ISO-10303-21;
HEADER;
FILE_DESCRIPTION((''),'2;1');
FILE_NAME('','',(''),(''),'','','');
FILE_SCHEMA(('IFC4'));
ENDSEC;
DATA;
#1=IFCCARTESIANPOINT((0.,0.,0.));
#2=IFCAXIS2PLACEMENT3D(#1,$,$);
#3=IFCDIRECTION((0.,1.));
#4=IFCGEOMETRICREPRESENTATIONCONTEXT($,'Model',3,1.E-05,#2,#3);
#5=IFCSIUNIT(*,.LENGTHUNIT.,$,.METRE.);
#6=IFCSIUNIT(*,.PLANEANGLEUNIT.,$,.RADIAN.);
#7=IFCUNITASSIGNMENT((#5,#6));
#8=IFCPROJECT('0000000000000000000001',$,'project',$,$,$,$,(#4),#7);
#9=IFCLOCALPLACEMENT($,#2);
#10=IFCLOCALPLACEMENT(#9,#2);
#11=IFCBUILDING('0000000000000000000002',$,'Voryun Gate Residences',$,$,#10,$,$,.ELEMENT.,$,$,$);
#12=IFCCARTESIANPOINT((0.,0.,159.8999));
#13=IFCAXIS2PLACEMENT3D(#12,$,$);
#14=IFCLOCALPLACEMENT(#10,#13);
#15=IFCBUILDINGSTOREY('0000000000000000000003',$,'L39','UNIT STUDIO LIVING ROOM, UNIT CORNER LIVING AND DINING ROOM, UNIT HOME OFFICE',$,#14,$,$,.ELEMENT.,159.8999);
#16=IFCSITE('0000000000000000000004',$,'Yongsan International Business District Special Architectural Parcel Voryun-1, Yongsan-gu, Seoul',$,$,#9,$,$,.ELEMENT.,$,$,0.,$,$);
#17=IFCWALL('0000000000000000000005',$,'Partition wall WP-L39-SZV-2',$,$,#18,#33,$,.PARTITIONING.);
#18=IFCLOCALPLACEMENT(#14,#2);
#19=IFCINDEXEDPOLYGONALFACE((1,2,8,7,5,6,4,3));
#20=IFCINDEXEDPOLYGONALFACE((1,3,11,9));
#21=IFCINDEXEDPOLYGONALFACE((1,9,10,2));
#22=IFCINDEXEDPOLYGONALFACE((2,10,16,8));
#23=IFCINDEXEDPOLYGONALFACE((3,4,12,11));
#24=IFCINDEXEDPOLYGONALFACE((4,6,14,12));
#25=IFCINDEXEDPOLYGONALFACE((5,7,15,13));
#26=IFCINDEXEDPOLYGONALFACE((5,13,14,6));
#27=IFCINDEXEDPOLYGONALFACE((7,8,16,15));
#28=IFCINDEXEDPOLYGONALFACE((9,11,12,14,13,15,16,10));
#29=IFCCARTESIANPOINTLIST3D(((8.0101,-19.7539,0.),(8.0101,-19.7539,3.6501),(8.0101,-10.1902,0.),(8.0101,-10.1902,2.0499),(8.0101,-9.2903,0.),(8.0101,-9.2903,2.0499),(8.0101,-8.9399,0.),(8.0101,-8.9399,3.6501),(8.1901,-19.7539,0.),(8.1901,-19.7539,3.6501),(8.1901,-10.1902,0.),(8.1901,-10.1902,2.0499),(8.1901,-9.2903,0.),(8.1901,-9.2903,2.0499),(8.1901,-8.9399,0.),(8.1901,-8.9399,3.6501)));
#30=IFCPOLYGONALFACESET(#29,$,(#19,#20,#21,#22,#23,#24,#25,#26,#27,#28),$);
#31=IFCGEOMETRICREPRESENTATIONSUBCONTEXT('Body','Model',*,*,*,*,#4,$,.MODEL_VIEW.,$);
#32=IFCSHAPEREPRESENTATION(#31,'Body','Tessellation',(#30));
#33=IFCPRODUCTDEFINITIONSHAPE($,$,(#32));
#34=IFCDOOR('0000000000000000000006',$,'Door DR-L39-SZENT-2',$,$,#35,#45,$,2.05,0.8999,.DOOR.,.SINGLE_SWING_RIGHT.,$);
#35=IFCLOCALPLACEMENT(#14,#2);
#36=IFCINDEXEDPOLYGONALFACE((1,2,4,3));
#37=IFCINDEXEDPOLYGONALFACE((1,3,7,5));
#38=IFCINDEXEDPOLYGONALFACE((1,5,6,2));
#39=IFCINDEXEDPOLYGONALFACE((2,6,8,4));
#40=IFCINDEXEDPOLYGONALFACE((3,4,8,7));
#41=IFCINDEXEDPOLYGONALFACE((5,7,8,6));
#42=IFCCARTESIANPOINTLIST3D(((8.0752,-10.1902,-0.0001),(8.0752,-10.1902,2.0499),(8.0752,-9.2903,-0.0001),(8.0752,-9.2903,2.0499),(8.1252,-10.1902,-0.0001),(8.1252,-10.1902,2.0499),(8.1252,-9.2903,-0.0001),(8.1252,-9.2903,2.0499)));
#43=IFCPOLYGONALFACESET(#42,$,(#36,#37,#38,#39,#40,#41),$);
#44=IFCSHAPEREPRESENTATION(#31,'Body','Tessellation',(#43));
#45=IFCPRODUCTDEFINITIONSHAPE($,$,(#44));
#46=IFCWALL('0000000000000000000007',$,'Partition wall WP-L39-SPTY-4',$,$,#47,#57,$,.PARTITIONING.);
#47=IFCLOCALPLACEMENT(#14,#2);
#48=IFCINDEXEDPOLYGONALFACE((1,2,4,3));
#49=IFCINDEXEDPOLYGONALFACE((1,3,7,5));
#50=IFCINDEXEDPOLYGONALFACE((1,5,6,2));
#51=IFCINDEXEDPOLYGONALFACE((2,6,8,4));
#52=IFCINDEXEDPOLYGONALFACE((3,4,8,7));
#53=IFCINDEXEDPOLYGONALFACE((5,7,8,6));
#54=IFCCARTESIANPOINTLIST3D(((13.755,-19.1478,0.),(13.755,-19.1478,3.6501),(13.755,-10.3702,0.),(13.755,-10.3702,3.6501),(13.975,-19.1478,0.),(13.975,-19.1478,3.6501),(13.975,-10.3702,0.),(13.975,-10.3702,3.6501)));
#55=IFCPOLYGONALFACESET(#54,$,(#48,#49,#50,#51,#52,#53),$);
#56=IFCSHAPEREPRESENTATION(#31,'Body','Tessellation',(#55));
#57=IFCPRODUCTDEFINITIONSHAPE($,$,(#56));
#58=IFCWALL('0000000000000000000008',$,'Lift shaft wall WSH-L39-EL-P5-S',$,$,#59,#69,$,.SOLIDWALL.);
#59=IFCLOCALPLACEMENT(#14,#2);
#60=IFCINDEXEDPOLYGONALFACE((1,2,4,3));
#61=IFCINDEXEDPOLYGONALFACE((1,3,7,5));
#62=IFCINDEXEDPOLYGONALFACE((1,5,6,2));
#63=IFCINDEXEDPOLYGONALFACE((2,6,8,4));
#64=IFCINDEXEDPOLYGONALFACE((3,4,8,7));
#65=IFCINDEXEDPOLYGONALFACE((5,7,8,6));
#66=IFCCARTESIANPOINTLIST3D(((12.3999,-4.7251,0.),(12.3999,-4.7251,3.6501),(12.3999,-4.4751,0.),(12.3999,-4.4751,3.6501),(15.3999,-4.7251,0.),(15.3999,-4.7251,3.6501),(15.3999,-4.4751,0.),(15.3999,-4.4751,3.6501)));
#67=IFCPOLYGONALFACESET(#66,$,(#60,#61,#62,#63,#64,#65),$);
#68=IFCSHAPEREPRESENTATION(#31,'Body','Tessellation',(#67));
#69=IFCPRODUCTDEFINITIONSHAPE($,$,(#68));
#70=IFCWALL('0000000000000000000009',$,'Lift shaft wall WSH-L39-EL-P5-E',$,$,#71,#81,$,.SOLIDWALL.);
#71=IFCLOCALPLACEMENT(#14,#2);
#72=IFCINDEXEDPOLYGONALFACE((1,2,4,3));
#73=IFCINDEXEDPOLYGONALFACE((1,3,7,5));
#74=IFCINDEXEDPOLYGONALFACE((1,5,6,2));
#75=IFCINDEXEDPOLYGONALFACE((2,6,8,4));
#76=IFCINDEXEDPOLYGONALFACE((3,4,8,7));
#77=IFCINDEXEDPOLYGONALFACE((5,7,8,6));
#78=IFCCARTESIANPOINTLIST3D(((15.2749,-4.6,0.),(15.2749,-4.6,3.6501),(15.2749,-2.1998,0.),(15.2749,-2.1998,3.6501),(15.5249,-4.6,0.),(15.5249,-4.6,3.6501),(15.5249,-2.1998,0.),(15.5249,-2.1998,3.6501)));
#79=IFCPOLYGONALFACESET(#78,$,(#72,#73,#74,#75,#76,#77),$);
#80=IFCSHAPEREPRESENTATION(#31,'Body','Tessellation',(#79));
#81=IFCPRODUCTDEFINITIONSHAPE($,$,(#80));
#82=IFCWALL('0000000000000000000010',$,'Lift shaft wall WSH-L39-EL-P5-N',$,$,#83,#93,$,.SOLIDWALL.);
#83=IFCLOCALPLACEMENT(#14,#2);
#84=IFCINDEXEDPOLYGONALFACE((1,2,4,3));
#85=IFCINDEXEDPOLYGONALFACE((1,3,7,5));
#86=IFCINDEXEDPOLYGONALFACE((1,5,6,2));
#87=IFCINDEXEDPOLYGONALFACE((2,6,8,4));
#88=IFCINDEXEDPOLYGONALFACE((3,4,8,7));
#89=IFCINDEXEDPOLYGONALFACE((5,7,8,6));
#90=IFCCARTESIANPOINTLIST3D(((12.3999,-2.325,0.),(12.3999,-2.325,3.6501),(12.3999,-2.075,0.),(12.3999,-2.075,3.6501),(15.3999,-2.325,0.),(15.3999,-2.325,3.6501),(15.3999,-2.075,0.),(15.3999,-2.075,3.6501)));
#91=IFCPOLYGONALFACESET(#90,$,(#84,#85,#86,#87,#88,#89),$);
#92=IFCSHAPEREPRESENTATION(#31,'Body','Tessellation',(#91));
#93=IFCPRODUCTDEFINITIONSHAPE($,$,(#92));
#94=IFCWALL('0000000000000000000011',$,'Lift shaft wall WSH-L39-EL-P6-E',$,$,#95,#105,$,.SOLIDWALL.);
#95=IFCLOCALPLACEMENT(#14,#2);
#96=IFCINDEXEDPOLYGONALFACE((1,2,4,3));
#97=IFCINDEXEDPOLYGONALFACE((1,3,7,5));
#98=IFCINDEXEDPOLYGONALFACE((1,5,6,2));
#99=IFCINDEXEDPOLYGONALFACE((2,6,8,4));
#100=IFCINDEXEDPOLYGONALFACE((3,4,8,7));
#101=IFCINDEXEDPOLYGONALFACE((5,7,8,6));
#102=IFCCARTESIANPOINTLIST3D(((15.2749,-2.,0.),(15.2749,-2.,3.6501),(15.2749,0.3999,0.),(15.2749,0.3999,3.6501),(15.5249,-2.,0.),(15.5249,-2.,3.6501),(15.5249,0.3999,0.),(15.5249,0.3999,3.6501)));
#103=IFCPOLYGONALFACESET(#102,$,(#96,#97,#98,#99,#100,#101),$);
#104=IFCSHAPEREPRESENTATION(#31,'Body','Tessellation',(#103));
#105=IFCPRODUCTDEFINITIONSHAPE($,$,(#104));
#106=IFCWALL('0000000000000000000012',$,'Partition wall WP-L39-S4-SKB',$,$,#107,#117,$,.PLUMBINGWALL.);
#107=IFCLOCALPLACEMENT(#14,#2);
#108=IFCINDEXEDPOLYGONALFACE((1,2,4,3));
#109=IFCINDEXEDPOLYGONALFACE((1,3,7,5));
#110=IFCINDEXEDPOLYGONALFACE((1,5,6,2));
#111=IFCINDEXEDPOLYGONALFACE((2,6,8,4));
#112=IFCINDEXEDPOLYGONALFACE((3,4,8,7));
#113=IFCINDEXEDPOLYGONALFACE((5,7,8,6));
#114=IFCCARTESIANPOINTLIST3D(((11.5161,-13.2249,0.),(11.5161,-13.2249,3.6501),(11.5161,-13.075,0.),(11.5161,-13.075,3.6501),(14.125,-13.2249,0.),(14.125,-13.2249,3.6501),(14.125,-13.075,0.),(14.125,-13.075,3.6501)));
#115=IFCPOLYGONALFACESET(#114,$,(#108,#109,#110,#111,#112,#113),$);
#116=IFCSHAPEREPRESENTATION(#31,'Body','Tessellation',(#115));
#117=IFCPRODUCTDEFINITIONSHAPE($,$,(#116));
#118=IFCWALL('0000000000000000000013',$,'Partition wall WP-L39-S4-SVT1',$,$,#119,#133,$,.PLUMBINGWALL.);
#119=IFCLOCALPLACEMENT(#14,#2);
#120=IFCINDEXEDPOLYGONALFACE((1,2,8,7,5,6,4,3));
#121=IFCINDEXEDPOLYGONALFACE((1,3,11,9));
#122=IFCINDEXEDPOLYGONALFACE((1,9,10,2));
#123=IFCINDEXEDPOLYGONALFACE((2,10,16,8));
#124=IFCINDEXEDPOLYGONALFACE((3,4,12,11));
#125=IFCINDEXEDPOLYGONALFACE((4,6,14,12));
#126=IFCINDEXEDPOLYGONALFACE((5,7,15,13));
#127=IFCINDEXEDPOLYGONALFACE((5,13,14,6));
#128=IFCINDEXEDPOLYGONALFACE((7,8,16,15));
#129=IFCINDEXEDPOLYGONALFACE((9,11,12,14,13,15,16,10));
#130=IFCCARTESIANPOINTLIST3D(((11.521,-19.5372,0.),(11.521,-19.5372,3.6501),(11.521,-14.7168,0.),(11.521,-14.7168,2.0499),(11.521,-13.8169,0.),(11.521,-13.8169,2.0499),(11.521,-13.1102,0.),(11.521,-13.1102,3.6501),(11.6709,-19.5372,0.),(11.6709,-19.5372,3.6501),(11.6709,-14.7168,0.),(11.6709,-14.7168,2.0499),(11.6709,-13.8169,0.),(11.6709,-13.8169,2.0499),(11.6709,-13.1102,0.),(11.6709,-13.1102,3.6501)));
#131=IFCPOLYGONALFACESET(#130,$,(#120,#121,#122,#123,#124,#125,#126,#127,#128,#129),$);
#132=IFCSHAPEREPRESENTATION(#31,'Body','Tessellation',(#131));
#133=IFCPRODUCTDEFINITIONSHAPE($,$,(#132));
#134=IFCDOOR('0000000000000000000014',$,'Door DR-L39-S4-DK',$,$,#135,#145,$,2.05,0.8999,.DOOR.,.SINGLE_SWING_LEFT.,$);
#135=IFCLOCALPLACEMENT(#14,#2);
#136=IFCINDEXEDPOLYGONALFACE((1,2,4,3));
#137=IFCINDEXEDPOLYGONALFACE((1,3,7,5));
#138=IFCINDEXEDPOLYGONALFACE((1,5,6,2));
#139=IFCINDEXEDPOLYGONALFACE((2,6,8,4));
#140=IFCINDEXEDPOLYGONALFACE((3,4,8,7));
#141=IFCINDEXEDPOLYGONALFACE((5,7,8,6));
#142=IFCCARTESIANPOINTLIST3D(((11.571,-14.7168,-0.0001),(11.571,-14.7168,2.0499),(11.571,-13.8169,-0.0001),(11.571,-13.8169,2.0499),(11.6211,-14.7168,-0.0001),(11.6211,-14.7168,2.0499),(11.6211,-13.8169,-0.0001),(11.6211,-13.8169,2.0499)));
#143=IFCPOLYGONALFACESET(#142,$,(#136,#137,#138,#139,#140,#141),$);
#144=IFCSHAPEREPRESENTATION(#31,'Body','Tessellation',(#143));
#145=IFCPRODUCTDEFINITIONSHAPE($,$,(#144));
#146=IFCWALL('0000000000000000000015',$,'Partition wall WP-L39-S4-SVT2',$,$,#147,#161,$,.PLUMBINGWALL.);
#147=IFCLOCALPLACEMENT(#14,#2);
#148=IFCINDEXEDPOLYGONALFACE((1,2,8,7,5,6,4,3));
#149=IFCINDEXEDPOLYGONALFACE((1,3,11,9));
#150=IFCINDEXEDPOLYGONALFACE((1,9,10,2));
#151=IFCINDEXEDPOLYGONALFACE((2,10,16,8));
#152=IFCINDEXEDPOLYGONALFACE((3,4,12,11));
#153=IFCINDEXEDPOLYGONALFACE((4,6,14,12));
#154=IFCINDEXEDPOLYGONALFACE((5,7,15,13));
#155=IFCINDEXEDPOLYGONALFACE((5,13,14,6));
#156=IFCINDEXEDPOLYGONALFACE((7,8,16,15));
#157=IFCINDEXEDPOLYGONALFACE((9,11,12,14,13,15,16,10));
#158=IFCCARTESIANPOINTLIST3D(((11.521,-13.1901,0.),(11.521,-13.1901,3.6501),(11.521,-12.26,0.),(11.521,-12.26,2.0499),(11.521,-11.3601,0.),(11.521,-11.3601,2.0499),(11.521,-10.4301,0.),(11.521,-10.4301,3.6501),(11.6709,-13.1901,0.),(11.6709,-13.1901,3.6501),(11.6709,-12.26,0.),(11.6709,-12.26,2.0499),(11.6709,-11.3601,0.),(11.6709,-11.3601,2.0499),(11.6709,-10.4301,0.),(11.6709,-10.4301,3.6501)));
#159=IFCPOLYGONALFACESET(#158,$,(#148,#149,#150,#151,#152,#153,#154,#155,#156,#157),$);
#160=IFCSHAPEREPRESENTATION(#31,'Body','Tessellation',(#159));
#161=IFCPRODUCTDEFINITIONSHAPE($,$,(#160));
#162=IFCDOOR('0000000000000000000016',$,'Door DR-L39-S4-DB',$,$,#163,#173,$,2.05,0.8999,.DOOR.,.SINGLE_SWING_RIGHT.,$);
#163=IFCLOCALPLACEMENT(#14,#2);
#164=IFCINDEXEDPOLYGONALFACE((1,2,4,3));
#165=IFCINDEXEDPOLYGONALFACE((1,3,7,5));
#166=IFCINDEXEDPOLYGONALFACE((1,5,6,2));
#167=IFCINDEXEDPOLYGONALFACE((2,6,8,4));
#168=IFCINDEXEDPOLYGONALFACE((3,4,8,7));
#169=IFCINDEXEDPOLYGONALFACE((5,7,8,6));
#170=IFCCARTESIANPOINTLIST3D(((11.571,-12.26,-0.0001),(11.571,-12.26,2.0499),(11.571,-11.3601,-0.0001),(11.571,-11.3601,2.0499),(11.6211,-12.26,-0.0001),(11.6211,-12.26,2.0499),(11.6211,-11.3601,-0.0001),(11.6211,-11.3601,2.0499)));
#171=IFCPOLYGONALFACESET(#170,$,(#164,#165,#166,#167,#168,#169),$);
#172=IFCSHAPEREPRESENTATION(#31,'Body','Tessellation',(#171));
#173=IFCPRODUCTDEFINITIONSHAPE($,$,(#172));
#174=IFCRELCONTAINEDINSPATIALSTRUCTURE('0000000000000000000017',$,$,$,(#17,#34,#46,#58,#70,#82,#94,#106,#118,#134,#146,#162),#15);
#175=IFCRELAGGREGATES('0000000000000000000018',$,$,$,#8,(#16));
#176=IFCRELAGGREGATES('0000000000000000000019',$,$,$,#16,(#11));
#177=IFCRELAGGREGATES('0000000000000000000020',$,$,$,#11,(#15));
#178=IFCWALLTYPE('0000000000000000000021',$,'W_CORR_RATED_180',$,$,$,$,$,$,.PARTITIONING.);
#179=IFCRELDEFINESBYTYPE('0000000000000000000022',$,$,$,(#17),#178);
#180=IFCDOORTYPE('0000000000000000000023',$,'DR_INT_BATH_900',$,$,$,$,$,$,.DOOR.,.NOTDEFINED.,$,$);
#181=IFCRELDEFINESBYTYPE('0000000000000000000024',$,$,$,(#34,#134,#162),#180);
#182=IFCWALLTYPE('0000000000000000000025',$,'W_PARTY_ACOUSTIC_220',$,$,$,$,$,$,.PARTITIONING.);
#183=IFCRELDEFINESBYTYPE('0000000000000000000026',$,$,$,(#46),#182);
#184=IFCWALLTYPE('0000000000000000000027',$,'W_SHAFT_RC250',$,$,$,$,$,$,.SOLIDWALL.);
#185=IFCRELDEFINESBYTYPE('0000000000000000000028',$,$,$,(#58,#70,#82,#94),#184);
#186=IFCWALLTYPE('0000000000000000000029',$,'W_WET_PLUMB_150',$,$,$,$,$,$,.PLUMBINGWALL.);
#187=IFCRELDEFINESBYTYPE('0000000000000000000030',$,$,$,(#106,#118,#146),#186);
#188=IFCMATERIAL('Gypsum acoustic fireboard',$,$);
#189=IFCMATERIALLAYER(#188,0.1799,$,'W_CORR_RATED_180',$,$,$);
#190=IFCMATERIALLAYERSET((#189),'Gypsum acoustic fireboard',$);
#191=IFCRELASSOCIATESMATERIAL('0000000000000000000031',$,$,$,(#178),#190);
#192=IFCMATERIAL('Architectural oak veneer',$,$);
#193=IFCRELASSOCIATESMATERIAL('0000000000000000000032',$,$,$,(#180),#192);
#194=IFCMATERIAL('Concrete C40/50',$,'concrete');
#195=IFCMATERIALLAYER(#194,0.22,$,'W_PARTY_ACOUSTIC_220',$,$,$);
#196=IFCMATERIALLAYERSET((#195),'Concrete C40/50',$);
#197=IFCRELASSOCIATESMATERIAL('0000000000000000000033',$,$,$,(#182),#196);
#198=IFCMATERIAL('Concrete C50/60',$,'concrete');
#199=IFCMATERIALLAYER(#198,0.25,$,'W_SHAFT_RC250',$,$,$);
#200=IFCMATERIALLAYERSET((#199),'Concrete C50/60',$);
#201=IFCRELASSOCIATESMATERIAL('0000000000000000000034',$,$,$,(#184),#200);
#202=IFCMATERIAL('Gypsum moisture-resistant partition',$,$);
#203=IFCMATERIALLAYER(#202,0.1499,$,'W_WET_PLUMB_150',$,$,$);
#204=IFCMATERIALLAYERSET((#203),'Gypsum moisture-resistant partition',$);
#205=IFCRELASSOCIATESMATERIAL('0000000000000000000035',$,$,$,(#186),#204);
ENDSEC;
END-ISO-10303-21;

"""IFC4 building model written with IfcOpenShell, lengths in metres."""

from ifc_helpers import new_model, si_unit, direction, frame, frame_2d, origin, place, context, subcontext, project, spatial, rectangle, extrude, material, layer, layer_set, type_object, element, fill, save


model = new_model("IFC4")

# Units and contexts
model_context = context("Model", 3, precision=1e-05, world=origin(), true_north=direction((0.0, 1.0)))
body_context = subcontext(model_context, "Body", "Model", "MODEL_VIEW")
ifc_project = project(units=[si_unit("LENGTHUNIT", "METRE"), si_unit("PLANEANGLEUNIT", "RADIAN")], contexts=[model_context])

# Site, building, storey
site_placement = place(None, origin())
site = spatial("IfcSite", under=ifc_project, at=site_placement, Name="Yongsan International Business District Special Architectural Parcel Voryun-1, Yongsan-gu, Seoul", CompositionType="ELEMENT", RefElevation=0.0)
building_placement = place(site_placement, origin())
building = spatial("IfcBuilding", under=site, at=building_placement, Name="Voryun Gate Residences", CompositionType="ELEMENT")
storey_placement = place(building_placement, frame((0.0, 0.0, 159.8999)))
storey = spatial("IfcBuildingStorey", under=building, at=storey_placement, Name="L39", Description="UNIT STUDIO LIVING ROOM, UNIT CORNER LIVING AND DINING ROOM, UNIT HOME OFFICE", CompositionType="ELEMENT", Elevation=159.8999)

# Shared definitions
ifc_material_1 = material(Name="Gypsum acoustic fireboard")
ifc_layer_1 = layer(ifc_material_1, 0.1799, Name="W_CORR_RATED_180")
ifc_layer_set_1 = layer_set([ifc_layer_1], Name="Gypsum acoustic fireboard")
wall_type_1 = type_object("IfcWallType", Name="W_CORR_RATED_180", PredefinedType="PARTITIONING", material=ifc_layer_set_1)

# Wall, opening, door
wall_1_placement = place(storey_placement, frame((8.1001, -19.7539, 0.0), z_axis=(0.0, 0.0, 1.0), x_axis=(0.0, 1.0, 0.0)))
wall_1 = element("IfcWall", 1, at=wall_1_placement, inside=storey, type_object=wall_type_1, Name="Partition wall WP-L39-SZV-2", PredefinedType="PARTITIONING", context=body_context, shape_type="SweptSolid", body=[
    extrude(rectangle(XDim=10.814, YDim=0.1799, at=frame_2d((5.407, 0.0))), origin(), (0.0, 0.0, 1.0), 3.6501),
])
opening_1_placement = place(wall_1_placement, frame((9.5637, 0.0, 0.0)))
opening_1 = element("IfcOpeningElement", 2, at=opening_1_placement, cuts=wall_1, PredefinedType="OPENING", context=body_context, shape_type="SweptSolid", body=[
    extrude(rectangle(XDim=0.8999, YDim=2.05, at=frame_2d((0.45, 1.0249))), frame((0.0, 0.0999, 0.0), z_axis=(0.0, -1.0, 0.0), x_axis=(1.0, 0.0, 0.0)), (0.0, 0.0, 1.0), 0.2),
])
ifc_material_2 = material(Name="Architectural oak veneer")
door_type_1 = type_object("IfcDoorType", Name="DR_INT_BATH_900", OperationType="NOTDEFINED", PredefinedType="DOOR", material=ifc_material_2)
door_1_placement = place(opening_1_placement, origin())
door_1 = element("IfcDoor", 3, at=door_1_placement, inside=storey, type_object=door_type_1, Name="Door DR-L39-SZENT-2", OperationType="SINGLE_SWING_RIGHT", OverallHeight=2.05, OverallWidth=0.8999, PredefinedType="DOOR", context=body_context, shape_type="SweptSolid", body=[
    extrude(rectangle(XDim=0.8999, YDim=2.05, at=frame_2d((0.45, 1.0249))), frame((0.0, 0.0249, 0.0), z_axis=(0.0, -1.0, 0.0), x_axis=(1.0, 0.0, 0.0)), (0.0, 0.0, 1.0), 0.05),
])
fill(opening_1, door_1)

# Walls
ifc_material_3 = material(Name="Concrete C40/50", Category="concrete")
ifc_layer_2 = layer(ifc_material_3, 0.22, Name="W_PARTY_ACOUSTIC_220")
ifc_layer_set_2 = layer_set([ifc_layer_2], Name="Concrete C40/50")
wall_type_2 = type_object("IfcWallType", Name="W_PARTY_ACOUSTIC_220", PredefinedType="PARTITIONING", material=ifc_layer_set_2)
wall_2_placement = place(storey_placement, frame((13.865, -19.1477, 0.0), z_axis=(0.0, 0.0, 1.0), x_axis=(0.0, 1.0, 0.0)))
element("IfcWall", 4, at=wall_2_placement, inside=storey, type_object=wall_type_2, Name="Partition wall WP-L39-SPTY-4", PredefinedType="PARTITIONING", context=body_context, shape_type="SweptSolid", body=[
    extrude(rectangle(XDim=8.7776, YDim=0.22, at=frame_2d((4.3887, 0.0))), origin(), (0.0, 0.0, 1.0), 3.6501),
])
ifc_material_4 = material(Name="Concrete C50/60", Category="concrete")
ifc_layer_3 = layer(ifc_material_4, 0.25, Name="W_SHAFT_RC250")
ifc_layer_set_3 = layer_set([ifc_layer_3], Name="Concrete C50/60")
wall_type_3 = type_object("IfcWallType", Name="W_SHAFT_RC250", PredefinedType="SOLIDWALL", material=ifc_layer_set_3)
wall_3_placement = place(storey_placement, frame((12.3999, -4.6001, 0.0), z_axis=(0.0, 0.0, 1.0), x_axis=(1.0, 0.0, 0.0)))
element("IfcWall", 5, at=wall_3_placement, inside=storey, type_object=wall_type_3, Name="Lift shaft wall WSH-L39-EL-P5-S", PredefinedType="SOLIDWALL", context=body_context, shape_type="SweptSolid", body=[
    extrude(rectangle(XDim=3.0, YDim=0.25, at=frame_2d((1.5, 0.0))), origin(), (0.0, 0.0, 1.0), 3.6501),
])
wall_4_placement = place(storey_placement, frame((15.3999, -4.6001, 0.0), z_axis=(0.0, 0.0, 1.0), x_axis=(0.0, 1.0, 0.0)))
element("IfcWall", 6, at=wall_4_placement, inside=storey, type_object=wall_type_3, Name="Lift shaft wall WSH-L39-EL-P5-E", PredefinedType="SOLIDWALL", context=body_context, shape_type="SweptSolid", body=[
    extrude(rectangle(XDim=2.4001, YDim=0.25, at=frame_2d((1.2002, 0.0))), origin(), (0.0, 0.0, 1.0), 3.6501),
])
wall_5_placement = place(storey_placement, frame((15.3999, -2.2, 0.0), z_axis=(0.0, 0.0, 1.0), x_axis=(-1.0, 0.0, 0.0)))
element("IfcWall", 7, at=wall_5_placement, inside=storey, type_object=wall_type_3, Name="Lift shaft wall WSH-L39-EL-P5-N", PredefinedType="SOLIDWALL", context=body_context, shape_type="SweptSolid", body=[
    extrude(rectangle(XDim=3.0, YDim=0.25, at=frame_2d((1.5, 0.0))), origin(), (0.0, 0.0, 1.0), 3.6501),
])
wall_6_placement = place(storey_placement, frame((15.3999, -2.0, 0.0), z_axis=(0.0, 0.0, 1.0), x_axis=(0.0, 1.0, 0.0)))
element("IfcWall", 8, at=wall_6_placement, inside=storey, type_object=wall_type_3, Name="Lift shaft wall WSH-L39-EL-P6-E", PredefinedType="SOLIDWALL", context=body_context, shape_type="SweptSolid", body=[
    extrude(rectangle(XDim=2.3999, YDim=0.25, at=frame_2d((1.2, 0.0))), origin(), (0.0, 0.0, 1.0), 3.6501),
])
ifc_material_5 = material(Name="Gypsum moisture-resistant partition")
ifc_layer_4 = layer(ifc_material_5, 0.1499, Name="W_WET_PLUMB_150")
ifc_layer_set_4 = layer_set([ifc_layer_4], Name="Gypsum moisture-resistant partition")
wall_type_4 = type_object("IfcWallType", Name="W_WET_PLUMB_150", PredefinedType="PLUMBINGWALL", material=ifc_layer_set_4)
wall_7_placement = place(storey_placement, frame((11.5161, -13.1499, 0.0), z_axis=(0.0, 0.0, 1.0), x_axis=(1.0, 0.0, 0.0)))
element("IfcWall", 9, at=wall_7_placement, inside=storey, type_object=wall_type_4, Name="Partition wall WP-L39-S4-SKB", PredefinedType="PLUMBINGWALL", context=body_context, shape_type="SweptSolid", body=[
    extrude(rectangle(XDim=2.6089, YDim=0.1499, at=frame_2d((1.3044, 0.0))), origin(), (0.0, 0.0, 1.0), 3.6501),
])

# Walls, openings, doors
wall_8_placement = place(storey_placement, frame((11.5959, -19.5371, 0.0), z_axis=(0.0, 0.0, 1.0), x_axis=(0.0, 1.0, 0.0)))
wall_8 = element("IfcWall", 10, at=wall_8_placement, inside=storey, type_object=wall_type_4, Name="Partition wall WP-L39-S4-SVT1", PredefinedType="PLUMBINGWALL", context=body_context, shape_type="SweptSolid", body=[
    extrude(rectangle(XDim=6.427, YDim=0.1499, at=frame_2d((3.2134, 0.0))), origin(), (0.0, 0.0, 1.0), 3.6501),
])
opening_2_placement = place(wall_8_placement, frame((4.8203, 0.0, 0.0)))
opening_2 = element("IfcOpeningElement", 11, at=opening_2_placement, cuts=wall_8, PredefinedType="OPENING", context=body_context, shape_type="SweptSolid", body=[
    extrude(rectangle(XDim=0.8999, YDim=2.05, at=frame_2d((0.45, 1.0249))), frame((0.0, 0.085, 0.0), z_axis=(0.0, -1.0, 0.0), x_axis=(1.0, 0.0, 0.0)), (0.0, 0.0, 1.0), 0.1699),
])
door_2_placement = place(opening_2_placement, origin())
door_2 = element("IfcDoor", 12, at=door_2_placement, inside=storey, type_object=door_type_1, Name="Door DR-L39-S4-DK", OperationType="SINGLE_SWING_LEFT", OverallHeight=2.05, OverallWidth=0.8999, PredefinedType="DOOR", context=body_context, shape_type="SweptSolid", body=[
    extrude(rectangle(XDim=0.8999, YDim=2.05, at=frame_2d((0.45, 1.0249))), frame((0.0, 0.0249, 0.0), z_axis=(0.0, -1.0, 0.0), x_axis=(1.0, 0.0, 0.0)), (0.0, 0.0, 1.0), 0.05),
])
fill(opening_2, door_2)
wall_9_placement = place(storey_placement, frame((11.5959, -13.1899, 0.0), z_axis=(0.0, 0.0, 1.0), x_axis=(0.0, 1.0, 0.0)))
wall_9 = element("IfcWall", 13, at=wall_9_placement, inside=storey, type_object=wall_type_4, Name="Partition wall WP-L39-S4-SVT2", PredefinedType="PLUMBINGWALL", context=body_context, shape_type="SweptSolid", body=[
    extrude(rectangle(XDim=2.76, YDim=0.1499, at=frame_2d((1.3799, 0.0))), origin(), (0.0, 0.0, 1.0), 3.6501),
])
opening_3_placement = place(wall_9_placement, frame((0.9299, 0.0, 0.0)))
opening_3 = element("IfcOpeningElement", 14, at=opening_3_placement, cuts=wall_9, PredefinedType="OPENING", context=body_context, shape_type="SweptSolid", body=[
    extrude(rectangle(XDim=0.8999, YDim=2.05, at=frame_2d((0.45, 1.0249))), frame((0.0, 0.085, 0.0), z_axis=(0.0, -1.0, 0.0), x_axis=(1.0, 0.0, 0.0)), (0.0, 0.0, 1.0), 0.1699),
])
door_3_placement = place(opening_3_placement, origin())
door_3 = element("IfcDoor", 15, at=door_3_placement, inside=storey, type_object=door_type_1, Name="Door DR-L39-S4-DB", OperationType="SINGLE_SWING_RIGHT", OverallHeight=2.05, OverallWidth=0.8999, PredefinedType="DOOR", context=body_context, shape_type="SweptSolid", body=[
    extrude(rectangle(XDim=0.8999, YDim=2.05, at=frame_2d((0.45, 1.0249))), frame((0.0, 0.0249, 0.0), z_axis=(0.0, -1.0, 0.0), x_axis=(1.0, 0.0, 0.0)), (0.0, 0.0, 1.0), 0.05),
])
fill(opening_3, door_3)

save(model, "model.ifc")
